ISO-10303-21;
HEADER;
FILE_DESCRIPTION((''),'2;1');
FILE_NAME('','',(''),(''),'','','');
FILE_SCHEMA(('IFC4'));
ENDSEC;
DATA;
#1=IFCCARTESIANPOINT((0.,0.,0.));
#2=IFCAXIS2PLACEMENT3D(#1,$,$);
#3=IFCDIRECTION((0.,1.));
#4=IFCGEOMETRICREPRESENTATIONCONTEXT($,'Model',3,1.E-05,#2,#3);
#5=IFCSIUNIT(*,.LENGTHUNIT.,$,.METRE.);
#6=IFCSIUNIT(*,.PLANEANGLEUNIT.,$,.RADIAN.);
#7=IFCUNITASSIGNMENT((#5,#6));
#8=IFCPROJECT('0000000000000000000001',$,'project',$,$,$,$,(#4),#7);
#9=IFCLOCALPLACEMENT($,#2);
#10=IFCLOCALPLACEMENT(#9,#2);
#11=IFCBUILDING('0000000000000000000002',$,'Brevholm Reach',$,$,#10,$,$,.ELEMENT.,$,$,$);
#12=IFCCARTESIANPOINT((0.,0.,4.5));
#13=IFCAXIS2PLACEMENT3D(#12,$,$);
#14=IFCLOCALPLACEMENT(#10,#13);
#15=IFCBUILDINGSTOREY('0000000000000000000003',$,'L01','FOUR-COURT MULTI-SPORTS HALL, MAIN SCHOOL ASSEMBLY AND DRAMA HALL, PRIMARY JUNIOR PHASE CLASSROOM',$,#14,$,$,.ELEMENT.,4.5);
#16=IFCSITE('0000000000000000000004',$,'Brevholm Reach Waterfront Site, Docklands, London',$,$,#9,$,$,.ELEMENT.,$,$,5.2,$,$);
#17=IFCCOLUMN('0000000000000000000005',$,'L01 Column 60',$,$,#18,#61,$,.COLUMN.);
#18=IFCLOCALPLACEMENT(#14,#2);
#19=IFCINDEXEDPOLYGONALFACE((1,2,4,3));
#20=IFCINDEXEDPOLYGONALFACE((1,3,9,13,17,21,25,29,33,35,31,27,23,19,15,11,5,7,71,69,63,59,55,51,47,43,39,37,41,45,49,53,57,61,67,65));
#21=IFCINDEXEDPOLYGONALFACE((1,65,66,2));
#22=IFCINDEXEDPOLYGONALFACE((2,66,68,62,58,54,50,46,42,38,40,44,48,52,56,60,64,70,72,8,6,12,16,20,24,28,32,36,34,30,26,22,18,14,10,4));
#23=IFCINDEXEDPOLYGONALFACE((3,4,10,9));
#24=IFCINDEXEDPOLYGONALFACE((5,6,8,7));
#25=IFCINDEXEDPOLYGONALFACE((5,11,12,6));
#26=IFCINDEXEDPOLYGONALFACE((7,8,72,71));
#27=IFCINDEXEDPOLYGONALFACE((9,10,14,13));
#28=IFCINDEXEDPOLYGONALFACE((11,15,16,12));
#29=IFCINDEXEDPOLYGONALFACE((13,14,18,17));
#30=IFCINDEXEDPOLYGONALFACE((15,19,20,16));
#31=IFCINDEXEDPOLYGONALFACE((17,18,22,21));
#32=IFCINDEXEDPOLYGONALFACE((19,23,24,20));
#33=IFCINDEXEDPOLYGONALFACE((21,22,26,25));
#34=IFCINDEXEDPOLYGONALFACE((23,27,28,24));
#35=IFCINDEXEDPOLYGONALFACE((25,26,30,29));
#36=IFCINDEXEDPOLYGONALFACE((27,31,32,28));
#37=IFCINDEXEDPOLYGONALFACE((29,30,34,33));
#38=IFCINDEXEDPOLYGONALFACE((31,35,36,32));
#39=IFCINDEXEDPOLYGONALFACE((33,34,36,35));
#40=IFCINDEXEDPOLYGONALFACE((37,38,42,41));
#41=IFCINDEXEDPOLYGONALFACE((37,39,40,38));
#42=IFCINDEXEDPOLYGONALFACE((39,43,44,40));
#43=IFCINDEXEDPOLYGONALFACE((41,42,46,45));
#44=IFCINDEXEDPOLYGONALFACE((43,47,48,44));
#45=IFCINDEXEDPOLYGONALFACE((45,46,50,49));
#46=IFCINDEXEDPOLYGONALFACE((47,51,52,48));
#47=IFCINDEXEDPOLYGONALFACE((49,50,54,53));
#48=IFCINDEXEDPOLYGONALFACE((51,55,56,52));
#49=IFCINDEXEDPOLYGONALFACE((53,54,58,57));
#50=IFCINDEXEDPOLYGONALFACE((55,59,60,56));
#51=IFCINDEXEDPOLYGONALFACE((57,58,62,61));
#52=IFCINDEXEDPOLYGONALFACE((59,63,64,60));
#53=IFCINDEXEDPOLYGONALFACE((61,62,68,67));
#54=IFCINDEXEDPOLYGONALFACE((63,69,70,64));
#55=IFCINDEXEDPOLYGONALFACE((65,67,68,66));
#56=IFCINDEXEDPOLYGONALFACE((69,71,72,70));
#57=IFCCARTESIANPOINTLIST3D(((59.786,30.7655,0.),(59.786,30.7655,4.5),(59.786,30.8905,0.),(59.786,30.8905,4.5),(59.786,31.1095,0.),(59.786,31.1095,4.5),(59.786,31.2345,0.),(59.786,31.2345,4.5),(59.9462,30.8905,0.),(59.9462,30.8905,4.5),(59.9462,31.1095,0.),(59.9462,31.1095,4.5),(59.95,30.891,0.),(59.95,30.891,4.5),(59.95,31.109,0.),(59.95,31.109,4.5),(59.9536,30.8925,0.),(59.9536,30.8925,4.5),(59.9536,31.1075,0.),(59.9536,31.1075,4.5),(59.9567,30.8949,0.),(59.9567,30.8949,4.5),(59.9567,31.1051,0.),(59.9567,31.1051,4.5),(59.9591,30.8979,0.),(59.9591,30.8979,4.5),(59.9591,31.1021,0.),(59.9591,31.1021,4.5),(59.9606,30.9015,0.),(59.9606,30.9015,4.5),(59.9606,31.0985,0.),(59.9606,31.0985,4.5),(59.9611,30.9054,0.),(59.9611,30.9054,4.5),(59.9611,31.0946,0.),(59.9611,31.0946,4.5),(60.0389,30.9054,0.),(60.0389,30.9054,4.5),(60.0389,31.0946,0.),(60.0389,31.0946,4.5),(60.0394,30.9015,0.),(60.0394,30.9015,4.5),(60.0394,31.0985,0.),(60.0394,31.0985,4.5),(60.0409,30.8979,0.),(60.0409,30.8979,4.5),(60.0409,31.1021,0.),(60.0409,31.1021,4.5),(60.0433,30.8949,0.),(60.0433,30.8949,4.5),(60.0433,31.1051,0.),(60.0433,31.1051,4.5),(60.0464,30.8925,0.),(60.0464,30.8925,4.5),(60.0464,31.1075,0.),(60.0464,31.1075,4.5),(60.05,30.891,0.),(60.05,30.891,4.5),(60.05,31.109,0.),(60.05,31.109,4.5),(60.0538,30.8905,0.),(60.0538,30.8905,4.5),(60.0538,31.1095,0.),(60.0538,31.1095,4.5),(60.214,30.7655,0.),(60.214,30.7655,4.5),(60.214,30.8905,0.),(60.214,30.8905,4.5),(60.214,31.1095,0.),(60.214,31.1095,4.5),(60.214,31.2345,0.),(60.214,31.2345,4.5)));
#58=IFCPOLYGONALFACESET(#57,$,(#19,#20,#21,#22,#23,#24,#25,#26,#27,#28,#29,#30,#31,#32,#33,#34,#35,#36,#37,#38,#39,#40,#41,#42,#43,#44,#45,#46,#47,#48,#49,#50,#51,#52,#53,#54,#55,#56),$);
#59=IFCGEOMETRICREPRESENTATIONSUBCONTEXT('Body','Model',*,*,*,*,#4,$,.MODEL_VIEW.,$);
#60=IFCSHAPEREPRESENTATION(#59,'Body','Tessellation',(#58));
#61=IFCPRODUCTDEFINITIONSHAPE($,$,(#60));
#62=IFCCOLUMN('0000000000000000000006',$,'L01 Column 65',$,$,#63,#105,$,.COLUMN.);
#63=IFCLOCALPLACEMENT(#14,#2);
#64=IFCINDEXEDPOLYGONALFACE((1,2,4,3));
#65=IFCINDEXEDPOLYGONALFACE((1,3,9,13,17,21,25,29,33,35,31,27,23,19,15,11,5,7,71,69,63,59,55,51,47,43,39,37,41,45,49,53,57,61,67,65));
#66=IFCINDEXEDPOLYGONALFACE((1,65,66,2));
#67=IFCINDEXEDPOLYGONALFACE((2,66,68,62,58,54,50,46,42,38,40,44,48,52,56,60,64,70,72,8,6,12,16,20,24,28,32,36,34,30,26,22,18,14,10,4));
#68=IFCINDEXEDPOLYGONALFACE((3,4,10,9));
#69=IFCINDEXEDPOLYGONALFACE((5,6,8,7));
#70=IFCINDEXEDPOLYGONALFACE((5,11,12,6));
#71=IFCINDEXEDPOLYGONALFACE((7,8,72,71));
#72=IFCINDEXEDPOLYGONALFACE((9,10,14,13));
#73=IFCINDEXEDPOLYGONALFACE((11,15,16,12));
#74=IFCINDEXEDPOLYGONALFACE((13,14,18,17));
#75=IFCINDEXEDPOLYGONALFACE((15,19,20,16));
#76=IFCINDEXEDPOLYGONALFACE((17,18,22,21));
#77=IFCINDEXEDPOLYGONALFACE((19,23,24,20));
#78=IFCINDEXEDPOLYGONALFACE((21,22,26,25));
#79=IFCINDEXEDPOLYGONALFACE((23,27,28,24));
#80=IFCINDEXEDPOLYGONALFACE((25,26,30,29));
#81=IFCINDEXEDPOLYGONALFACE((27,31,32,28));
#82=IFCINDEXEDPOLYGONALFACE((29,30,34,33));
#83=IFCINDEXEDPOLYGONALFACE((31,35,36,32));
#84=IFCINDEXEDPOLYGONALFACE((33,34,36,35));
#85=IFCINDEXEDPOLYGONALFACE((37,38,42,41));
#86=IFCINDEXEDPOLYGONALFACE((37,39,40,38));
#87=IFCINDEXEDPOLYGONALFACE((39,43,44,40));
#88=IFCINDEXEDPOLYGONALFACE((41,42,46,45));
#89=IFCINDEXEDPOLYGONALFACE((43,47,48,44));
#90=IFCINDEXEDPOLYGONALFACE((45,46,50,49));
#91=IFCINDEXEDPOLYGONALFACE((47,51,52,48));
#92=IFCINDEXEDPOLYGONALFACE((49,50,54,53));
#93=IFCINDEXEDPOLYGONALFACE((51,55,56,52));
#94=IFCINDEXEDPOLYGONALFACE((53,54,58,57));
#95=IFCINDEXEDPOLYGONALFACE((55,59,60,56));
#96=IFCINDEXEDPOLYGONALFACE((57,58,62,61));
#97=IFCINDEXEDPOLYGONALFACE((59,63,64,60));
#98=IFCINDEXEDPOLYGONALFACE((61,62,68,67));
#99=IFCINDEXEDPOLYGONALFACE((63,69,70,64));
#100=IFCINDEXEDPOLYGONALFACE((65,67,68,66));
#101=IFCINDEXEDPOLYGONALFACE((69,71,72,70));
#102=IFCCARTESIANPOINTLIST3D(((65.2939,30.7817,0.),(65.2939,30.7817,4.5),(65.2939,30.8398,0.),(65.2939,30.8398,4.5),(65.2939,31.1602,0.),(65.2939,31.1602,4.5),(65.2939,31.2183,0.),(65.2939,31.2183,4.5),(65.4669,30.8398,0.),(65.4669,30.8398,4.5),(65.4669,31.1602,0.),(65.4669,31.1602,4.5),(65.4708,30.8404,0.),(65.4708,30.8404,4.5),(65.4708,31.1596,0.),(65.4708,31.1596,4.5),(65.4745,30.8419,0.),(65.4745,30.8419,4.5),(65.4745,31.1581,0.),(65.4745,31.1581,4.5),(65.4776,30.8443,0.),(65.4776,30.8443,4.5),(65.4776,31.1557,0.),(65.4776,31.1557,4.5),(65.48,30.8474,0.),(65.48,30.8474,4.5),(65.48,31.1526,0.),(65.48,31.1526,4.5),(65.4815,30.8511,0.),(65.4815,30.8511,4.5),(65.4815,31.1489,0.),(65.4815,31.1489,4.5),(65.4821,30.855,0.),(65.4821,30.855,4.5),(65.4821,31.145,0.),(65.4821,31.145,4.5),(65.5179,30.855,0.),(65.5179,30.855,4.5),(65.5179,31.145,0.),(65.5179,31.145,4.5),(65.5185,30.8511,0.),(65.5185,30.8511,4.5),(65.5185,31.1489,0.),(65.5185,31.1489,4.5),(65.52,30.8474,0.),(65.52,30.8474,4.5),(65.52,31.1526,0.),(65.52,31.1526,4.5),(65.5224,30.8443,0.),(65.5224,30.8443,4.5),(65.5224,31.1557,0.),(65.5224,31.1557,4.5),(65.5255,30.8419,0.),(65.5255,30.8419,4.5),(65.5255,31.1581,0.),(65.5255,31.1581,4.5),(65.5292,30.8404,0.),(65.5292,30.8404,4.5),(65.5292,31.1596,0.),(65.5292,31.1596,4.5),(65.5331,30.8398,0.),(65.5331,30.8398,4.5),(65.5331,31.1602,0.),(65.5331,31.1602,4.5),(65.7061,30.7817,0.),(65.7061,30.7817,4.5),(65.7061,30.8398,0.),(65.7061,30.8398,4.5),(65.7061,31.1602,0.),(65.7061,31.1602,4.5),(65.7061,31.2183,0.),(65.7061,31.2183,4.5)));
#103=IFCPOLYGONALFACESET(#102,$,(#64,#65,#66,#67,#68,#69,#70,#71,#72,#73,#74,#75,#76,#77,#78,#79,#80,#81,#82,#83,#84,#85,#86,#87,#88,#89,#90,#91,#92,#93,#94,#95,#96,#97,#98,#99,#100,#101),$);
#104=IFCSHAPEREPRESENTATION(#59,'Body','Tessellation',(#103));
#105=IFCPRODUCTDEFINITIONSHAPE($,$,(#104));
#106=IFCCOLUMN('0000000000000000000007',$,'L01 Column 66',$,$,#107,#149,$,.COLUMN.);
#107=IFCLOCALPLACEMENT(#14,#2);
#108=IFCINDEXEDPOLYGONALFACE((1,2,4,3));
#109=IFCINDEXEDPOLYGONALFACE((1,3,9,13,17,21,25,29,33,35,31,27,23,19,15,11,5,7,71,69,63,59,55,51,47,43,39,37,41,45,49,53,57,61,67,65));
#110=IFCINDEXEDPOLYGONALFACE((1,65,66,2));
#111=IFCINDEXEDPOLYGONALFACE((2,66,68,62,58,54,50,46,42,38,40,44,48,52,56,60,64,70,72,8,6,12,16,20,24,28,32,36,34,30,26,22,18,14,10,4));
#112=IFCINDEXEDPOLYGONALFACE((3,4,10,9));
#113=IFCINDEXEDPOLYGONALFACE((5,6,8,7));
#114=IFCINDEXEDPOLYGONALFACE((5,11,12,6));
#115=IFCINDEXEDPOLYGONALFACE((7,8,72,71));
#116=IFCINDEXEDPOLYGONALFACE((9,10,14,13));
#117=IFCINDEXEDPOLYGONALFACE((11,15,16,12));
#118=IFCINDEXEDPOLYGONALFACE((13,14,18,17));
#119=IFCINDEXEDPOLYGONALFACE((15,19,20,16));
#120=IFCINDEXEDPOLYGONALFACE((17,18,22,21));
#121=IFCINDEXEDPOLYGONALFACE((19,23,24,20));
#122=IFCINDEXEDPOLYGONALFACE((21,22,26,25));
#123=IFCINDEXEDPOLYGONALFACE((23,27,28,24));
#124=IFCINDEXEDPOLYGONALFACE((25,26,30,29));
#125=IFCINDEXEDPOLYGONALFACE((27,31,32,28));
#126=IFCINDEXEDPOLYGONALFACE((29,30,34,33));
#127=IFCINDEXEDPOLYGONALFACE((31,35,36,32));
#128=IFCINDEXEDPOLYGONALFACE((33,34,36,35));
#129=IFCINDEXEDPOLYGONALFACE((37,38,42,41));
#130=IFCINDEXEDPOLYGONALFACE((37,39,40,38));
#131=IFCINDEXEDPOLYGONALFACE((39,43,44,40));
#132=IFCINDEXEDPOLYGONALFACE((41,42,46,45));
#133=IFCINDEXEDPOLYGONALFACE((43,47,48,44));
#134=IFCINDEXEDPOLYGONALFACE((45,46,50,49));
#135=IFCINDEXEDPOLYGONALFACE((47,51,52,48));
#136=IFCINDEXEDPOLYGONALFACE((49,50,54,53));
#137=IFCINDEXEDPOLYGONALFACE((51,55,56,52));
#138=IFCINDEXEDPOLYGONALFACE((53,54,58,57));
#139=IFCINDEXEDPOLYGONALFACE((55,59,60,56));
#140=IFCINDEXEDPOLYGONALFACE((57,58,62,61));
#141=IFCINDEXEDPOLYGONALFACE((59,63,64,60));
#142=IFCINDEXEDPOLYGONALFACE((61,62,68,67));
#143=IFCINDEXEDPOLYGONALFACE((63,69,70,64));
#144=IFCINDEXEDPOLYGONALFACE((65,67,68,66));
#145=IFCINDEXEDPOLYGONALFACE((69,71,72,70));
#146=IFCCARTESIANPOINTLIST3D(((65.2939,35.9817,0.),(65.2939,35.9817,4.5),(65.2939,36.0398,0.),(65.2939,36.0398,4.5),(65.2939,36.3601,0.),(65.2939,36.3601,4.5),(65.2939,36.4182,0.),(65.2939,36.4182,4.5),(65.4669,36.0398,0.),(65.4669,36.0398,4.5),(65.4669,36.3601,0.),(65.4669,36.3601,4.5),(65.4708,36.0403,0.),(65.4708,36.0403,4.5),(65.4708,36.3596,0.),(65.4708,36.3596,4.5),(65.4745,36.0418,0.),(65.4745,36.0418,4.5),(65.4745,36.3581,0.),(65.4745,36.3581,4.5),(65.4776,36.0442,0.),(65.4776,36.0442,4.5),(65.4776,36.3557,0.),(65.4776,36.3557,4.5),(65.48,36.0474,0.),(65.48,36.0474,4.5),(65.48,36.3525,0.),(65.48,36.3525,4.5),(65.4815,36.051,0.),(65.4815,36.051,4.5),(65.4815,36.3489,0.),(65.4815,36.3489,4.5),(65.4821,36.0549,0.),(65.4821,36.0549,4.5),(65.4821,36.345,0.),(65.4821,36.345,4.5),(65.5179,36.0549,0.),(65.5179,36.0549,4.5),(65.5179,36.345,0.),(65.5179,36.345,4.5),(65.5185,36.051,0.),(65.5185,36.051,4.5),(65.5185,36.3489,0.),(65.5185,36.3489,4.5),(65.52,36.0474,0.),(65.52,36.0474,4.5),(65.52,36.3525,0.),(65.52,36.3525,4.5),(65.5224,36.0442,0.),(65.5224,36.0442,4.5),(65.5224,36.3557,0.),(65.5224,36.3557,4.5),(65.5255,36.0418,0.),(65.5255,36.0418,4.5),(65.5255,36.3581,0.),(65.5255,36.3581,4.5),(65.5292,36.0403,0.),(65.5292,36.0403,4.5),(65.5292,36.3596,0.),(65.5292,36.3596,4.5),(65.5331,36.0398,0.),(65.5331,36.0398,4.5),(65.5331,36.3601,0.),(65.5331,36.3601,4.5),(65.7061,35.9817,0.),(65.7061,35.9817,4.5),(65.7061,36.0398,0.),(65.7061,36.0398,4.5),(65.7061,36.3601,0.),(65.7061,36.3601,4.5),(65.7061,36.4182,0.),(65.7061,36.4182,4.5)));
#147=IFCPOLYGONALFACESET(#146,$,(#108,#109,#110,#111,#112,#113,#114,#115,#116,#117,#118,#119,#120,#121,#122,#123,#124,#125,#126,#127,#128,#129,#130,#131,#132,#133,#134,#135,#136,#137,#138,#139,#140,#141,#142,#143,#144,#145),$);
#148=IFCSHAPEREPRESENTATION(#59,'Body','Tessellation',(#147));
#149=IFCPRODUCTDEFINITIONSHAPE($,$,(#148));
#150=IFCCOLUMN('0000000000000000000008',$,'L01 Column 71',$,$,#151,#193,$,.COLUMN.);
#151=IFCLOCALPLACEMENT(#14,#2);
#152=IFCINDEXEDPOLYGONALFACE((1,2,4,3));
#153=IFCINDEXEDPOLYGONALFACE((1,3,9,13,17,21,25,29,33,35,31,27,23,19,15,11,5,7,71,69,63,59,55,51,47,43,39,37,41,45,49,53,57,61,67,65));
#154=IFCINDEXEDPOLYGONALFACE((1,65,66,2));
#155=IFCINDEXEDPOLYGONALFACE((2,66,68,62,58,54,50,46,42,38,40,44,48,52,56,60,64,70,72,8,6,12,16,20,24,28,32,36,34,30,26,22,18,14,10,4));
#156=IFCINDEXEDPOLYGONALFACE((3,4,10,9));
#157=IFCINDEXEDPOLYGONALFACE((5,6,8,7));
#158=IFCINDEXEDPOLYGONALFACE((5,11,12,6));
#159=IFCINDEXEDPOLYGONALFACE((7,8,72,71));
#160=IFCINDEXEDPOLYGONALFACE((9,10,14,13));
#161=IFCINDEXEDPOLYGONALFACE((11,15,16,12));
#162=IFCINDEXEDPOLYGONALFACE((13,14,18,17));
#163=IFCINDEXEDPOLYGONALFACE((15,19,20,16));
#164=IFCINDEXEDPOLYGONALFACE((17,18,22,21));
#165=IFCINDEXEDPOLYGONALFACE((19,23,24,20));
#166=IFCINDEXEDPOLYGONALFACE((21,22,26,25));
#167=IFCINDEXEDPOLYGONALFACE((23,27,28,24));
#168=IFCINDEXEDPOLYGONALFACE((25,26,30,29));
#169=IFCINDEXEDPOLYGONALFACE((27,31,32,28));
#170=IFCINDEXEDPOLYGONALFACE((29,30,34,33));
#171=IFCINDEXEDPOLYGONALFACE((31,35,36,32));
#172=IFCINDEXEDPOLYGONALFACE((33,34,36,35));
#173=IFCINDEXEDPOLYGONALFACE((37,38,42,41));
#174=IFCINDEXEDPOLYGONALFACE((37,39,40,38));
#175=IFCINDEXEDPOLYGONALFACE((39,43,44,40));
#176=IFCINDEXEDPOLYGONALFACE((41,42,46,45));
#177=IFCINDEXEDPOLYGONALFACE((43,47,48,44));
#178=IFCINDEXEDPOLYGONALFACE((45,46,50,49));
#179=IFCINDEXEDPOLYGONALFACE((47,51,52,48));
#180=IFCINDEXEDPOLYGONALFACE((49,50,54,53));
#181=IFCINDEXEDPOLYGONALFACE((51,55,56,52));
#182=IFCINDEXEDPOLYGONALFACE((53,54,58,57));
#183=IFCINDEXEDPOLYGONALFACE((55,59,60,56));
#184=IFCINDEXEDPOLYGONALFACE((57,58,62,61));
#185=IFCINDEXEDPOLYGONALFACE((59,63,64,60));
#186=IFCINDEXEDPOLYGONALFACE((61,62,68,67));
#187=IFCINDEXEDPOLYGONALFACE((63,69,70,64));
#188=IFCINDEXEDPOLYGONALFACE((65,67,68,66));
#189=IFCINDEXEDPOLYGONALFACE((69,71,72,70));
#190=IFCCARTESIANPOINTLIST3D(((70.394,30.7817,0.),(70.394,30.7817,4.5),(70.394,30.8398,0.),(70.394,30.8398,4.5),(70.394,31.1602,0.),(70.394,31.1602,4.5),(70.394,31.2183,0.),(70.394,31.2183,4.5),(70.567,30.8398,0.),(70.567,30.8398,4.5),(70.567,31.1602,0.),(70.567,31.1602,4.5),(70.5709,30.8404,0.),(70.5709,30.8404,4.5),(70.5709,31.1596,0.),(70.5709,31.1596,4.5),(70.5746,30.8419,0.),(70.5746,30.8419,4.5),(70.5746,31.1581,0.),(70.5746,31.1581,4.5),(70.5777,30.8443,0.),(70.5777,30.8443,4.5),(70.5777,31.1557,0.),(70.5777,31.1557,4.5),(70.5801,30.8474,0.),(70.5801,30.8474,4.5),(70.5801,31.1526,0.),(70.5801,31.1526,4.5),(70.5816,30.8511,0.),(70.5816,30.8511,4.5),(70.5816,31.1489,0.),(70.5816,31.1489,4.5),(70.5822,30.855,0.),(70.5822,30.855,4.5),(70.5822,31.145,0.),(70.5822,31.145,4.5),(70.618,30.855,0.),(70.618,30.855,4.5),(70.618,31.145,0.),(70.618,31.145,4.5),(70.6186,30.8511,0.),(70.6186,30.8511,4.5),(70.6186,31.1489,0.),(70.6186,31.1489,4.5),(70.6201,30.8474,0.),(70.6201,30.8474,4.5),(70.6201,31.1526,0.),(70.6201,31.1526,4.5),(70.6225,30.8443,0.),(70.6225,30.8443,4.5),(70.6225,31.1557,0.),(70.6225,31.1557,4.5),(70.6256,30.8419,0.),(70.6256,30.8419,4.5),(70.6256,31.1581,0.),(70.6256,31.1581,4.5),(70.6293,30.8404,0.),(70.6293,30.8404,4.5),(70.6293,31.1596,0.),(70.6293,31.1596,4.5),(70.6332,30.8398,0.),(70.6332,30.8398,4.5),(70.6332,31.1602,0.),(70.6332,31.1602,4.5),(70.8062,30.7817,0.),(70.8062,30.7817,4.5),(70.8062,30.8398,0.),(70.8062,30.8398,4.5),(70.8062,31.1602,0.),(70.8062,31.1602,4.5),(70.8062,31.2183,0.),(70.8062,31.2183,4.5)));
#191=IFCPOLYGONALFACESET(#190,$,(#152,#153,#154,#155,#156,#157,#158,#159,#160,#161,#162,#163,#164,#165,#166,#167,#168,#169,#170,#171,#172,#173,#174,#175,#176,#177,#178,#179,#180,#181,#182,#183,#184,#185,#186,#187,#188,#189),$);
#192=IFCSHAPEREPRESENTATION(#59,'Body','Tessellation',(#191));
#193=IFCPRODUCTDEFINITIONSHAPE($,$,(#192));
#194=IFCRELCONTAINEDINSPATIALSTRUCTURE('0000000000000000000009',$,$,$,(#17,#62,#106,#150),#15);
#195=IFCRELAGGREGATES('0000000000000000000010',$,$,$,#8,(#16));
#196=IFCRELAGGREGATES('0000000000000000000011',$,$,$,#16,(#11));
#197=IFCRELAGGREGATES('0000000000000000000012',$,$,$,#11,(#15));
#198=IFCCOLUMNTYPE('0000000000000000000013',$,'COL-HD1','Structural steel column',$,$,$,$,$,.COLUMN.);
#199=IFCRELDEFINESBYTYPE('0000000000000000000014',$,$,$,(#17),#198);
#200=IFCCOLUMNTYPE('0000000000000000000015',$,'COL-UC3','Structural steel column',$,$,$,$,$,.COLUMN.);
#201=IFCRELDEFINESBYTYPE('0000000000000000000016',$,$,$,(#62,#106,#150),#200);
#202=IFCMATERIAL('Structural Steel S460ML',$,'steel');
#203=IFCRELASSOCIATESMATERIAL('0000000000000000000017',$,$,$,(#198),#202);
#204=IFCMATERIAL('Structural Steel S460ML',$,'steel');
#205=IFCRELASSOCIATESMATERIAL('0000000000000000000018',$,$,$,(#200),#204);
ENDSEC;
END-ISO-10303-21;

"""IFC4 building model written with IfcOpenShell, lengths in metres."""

from ifc_helpers import new_model, si_unit, direction, frame, origin, origin_2d, place, context, subcontext, project, spatial, i_section, extrude, material, material_profile, profile_set, type_object, element, save


model = new_model("IFC4")

# Units and contexts
model_context = context("Model", 3, precision=1e-05, world=origin(), true_north=direction((0.0, 1.0)))
body_context = subcontext(model_context, "Body", "Model", "MODEL_VIEW")
ifc_project = project(units=[si_unit("LENGTHUNIT", "METRE"), si_unit("PLANEANGLEUNIT", "RADIAN")], contexts=[model_context])

# Site, building, storey
site_placement = place(None, origin())
site = spatial("IfcSite", under=ifc_project, at=site_placement, Name="Brevholm Reach Waterfront Site, Docklands, London", CompositionType="ELEMENT", RefElevation=5.2)
building_placement = place(site_placement, origin())
building = spatial("IfcBuilding", under=site, at=building_placement, Name="Brevholm Reach", CompositionType="ELEMENT")
storey_placement = place(building_placement, frame((0.0, 0.0, 4.5)))
storey = spatial("IfcBuildingStorey", under=building, at=storey_placement, Name="L01", Description="FOUR-COURT MULTI-SPORTS HALL, MAIN SCHOOL ASSEMBLY AND DRAMA HALL, PRIMARY JUNIOR PHASE CLASSROOM", CompositionType="ELEMENT", Elevation=4.5)

# Columns
ifc_material_1 = material(Name="Structural Steel S460ML", Category="steel")
ifc_material_profile_1 = material_profile(ifc_material_1, i_section(OverallWidth=0.428, OverallDepth=0.469, WebThickness=0.0779, FlangeThickness=0.125, FilletRadius=0.0149, at=origin_2d()), Name="HD 400x1086")
ifc_profile_set_1 = profile_set([ifc_material_profile_1], Name="Structural Steel S460ML")
column_type_1 = type_object("IfcColumnType", Name="COL-HD1", Description="Structural steel column", PredefinedType="COLUMN", material=ifc_profile_set_1)
column_placement = place(storey_placement, frame((60.0, 31.0, 0.0), z_axis=(0.0, 0.0, 1.0), x_axis=(1.0, 0.0, 0.0)))
element("IfcColumn", 1, at=column_placement, inside=storey, type_object=column_type_1, Name="L01 Column 60", PredefinedType="COLUMN", context=body_context, shape_type="SweptSolid", body=[
    extrude(i_section(OverallWidth=0.428, OverallDepth=0.469, WebThickness=0.0779, FlangeThickness=0.125, FilletRadius=0.0149, at=origin_2d()), origin(), (0.0, 0.0, 1.0), 4.5),
])
ifc_material_2 = material(Name="Structural Steel S460ML", Category="steel")
ifc_material_profile_2 = material_profile(ifc_material_2, i_section(OverallWidth=0.4121, OverallDepth=0.4365, WebThickness=0.0359, FlangeThickness=0.0581, FilletRadius=0.0151, at=origin_2d()), Name="UKC 356x406x467")
ifc_profile_set_2 = profile_set([ifc_material_profile_2], Name="Structural Steel S460ML")
column_type_2 = type_object("IfcColumnType", Name="COL-UC3", Description="Structural steel column", PredefinedType="COLUMN", material=ifc_profile_set_2)
for number, where, z_axis, x_axis, name in (
    (2, (65.5, 31.0, 0.0), (0.0, 0.0, 1.0), (1.0, 0.0, 0.0), "L01 Column 65"),
    (3, (65.5, 36.2, 0.0), (0.0, 0.0, 1.0), (1.0, 0.0, 0.0), "L01 Column 66"),
    (4, (70.6001, 31.0, 0.0), (0.0, 0.0, 1.0), (1.0, 0.0, 0.0), "L01 Column 71"),
):
    element("IfcColumn", number, at=place(storey_placement, frame(where, z_axis=z_axis, x_axis=x_axis)), inside=storey, type_object=column_type_2, Name=name, PredefinedType="COLUMN", context=body_context, shape_type="SweptSolid", body=[
        extrude(i_section(OverallWidth=0.4121, OverallDepth=0.4365, WebThickness=0.0359, FlangeThickness=0.0581, FilletRadius=0.0151, at=origin_2d()), origin(), (0.0, 0.0, 1.0), 4.5),
    ])

save(model, "model.ifc")
